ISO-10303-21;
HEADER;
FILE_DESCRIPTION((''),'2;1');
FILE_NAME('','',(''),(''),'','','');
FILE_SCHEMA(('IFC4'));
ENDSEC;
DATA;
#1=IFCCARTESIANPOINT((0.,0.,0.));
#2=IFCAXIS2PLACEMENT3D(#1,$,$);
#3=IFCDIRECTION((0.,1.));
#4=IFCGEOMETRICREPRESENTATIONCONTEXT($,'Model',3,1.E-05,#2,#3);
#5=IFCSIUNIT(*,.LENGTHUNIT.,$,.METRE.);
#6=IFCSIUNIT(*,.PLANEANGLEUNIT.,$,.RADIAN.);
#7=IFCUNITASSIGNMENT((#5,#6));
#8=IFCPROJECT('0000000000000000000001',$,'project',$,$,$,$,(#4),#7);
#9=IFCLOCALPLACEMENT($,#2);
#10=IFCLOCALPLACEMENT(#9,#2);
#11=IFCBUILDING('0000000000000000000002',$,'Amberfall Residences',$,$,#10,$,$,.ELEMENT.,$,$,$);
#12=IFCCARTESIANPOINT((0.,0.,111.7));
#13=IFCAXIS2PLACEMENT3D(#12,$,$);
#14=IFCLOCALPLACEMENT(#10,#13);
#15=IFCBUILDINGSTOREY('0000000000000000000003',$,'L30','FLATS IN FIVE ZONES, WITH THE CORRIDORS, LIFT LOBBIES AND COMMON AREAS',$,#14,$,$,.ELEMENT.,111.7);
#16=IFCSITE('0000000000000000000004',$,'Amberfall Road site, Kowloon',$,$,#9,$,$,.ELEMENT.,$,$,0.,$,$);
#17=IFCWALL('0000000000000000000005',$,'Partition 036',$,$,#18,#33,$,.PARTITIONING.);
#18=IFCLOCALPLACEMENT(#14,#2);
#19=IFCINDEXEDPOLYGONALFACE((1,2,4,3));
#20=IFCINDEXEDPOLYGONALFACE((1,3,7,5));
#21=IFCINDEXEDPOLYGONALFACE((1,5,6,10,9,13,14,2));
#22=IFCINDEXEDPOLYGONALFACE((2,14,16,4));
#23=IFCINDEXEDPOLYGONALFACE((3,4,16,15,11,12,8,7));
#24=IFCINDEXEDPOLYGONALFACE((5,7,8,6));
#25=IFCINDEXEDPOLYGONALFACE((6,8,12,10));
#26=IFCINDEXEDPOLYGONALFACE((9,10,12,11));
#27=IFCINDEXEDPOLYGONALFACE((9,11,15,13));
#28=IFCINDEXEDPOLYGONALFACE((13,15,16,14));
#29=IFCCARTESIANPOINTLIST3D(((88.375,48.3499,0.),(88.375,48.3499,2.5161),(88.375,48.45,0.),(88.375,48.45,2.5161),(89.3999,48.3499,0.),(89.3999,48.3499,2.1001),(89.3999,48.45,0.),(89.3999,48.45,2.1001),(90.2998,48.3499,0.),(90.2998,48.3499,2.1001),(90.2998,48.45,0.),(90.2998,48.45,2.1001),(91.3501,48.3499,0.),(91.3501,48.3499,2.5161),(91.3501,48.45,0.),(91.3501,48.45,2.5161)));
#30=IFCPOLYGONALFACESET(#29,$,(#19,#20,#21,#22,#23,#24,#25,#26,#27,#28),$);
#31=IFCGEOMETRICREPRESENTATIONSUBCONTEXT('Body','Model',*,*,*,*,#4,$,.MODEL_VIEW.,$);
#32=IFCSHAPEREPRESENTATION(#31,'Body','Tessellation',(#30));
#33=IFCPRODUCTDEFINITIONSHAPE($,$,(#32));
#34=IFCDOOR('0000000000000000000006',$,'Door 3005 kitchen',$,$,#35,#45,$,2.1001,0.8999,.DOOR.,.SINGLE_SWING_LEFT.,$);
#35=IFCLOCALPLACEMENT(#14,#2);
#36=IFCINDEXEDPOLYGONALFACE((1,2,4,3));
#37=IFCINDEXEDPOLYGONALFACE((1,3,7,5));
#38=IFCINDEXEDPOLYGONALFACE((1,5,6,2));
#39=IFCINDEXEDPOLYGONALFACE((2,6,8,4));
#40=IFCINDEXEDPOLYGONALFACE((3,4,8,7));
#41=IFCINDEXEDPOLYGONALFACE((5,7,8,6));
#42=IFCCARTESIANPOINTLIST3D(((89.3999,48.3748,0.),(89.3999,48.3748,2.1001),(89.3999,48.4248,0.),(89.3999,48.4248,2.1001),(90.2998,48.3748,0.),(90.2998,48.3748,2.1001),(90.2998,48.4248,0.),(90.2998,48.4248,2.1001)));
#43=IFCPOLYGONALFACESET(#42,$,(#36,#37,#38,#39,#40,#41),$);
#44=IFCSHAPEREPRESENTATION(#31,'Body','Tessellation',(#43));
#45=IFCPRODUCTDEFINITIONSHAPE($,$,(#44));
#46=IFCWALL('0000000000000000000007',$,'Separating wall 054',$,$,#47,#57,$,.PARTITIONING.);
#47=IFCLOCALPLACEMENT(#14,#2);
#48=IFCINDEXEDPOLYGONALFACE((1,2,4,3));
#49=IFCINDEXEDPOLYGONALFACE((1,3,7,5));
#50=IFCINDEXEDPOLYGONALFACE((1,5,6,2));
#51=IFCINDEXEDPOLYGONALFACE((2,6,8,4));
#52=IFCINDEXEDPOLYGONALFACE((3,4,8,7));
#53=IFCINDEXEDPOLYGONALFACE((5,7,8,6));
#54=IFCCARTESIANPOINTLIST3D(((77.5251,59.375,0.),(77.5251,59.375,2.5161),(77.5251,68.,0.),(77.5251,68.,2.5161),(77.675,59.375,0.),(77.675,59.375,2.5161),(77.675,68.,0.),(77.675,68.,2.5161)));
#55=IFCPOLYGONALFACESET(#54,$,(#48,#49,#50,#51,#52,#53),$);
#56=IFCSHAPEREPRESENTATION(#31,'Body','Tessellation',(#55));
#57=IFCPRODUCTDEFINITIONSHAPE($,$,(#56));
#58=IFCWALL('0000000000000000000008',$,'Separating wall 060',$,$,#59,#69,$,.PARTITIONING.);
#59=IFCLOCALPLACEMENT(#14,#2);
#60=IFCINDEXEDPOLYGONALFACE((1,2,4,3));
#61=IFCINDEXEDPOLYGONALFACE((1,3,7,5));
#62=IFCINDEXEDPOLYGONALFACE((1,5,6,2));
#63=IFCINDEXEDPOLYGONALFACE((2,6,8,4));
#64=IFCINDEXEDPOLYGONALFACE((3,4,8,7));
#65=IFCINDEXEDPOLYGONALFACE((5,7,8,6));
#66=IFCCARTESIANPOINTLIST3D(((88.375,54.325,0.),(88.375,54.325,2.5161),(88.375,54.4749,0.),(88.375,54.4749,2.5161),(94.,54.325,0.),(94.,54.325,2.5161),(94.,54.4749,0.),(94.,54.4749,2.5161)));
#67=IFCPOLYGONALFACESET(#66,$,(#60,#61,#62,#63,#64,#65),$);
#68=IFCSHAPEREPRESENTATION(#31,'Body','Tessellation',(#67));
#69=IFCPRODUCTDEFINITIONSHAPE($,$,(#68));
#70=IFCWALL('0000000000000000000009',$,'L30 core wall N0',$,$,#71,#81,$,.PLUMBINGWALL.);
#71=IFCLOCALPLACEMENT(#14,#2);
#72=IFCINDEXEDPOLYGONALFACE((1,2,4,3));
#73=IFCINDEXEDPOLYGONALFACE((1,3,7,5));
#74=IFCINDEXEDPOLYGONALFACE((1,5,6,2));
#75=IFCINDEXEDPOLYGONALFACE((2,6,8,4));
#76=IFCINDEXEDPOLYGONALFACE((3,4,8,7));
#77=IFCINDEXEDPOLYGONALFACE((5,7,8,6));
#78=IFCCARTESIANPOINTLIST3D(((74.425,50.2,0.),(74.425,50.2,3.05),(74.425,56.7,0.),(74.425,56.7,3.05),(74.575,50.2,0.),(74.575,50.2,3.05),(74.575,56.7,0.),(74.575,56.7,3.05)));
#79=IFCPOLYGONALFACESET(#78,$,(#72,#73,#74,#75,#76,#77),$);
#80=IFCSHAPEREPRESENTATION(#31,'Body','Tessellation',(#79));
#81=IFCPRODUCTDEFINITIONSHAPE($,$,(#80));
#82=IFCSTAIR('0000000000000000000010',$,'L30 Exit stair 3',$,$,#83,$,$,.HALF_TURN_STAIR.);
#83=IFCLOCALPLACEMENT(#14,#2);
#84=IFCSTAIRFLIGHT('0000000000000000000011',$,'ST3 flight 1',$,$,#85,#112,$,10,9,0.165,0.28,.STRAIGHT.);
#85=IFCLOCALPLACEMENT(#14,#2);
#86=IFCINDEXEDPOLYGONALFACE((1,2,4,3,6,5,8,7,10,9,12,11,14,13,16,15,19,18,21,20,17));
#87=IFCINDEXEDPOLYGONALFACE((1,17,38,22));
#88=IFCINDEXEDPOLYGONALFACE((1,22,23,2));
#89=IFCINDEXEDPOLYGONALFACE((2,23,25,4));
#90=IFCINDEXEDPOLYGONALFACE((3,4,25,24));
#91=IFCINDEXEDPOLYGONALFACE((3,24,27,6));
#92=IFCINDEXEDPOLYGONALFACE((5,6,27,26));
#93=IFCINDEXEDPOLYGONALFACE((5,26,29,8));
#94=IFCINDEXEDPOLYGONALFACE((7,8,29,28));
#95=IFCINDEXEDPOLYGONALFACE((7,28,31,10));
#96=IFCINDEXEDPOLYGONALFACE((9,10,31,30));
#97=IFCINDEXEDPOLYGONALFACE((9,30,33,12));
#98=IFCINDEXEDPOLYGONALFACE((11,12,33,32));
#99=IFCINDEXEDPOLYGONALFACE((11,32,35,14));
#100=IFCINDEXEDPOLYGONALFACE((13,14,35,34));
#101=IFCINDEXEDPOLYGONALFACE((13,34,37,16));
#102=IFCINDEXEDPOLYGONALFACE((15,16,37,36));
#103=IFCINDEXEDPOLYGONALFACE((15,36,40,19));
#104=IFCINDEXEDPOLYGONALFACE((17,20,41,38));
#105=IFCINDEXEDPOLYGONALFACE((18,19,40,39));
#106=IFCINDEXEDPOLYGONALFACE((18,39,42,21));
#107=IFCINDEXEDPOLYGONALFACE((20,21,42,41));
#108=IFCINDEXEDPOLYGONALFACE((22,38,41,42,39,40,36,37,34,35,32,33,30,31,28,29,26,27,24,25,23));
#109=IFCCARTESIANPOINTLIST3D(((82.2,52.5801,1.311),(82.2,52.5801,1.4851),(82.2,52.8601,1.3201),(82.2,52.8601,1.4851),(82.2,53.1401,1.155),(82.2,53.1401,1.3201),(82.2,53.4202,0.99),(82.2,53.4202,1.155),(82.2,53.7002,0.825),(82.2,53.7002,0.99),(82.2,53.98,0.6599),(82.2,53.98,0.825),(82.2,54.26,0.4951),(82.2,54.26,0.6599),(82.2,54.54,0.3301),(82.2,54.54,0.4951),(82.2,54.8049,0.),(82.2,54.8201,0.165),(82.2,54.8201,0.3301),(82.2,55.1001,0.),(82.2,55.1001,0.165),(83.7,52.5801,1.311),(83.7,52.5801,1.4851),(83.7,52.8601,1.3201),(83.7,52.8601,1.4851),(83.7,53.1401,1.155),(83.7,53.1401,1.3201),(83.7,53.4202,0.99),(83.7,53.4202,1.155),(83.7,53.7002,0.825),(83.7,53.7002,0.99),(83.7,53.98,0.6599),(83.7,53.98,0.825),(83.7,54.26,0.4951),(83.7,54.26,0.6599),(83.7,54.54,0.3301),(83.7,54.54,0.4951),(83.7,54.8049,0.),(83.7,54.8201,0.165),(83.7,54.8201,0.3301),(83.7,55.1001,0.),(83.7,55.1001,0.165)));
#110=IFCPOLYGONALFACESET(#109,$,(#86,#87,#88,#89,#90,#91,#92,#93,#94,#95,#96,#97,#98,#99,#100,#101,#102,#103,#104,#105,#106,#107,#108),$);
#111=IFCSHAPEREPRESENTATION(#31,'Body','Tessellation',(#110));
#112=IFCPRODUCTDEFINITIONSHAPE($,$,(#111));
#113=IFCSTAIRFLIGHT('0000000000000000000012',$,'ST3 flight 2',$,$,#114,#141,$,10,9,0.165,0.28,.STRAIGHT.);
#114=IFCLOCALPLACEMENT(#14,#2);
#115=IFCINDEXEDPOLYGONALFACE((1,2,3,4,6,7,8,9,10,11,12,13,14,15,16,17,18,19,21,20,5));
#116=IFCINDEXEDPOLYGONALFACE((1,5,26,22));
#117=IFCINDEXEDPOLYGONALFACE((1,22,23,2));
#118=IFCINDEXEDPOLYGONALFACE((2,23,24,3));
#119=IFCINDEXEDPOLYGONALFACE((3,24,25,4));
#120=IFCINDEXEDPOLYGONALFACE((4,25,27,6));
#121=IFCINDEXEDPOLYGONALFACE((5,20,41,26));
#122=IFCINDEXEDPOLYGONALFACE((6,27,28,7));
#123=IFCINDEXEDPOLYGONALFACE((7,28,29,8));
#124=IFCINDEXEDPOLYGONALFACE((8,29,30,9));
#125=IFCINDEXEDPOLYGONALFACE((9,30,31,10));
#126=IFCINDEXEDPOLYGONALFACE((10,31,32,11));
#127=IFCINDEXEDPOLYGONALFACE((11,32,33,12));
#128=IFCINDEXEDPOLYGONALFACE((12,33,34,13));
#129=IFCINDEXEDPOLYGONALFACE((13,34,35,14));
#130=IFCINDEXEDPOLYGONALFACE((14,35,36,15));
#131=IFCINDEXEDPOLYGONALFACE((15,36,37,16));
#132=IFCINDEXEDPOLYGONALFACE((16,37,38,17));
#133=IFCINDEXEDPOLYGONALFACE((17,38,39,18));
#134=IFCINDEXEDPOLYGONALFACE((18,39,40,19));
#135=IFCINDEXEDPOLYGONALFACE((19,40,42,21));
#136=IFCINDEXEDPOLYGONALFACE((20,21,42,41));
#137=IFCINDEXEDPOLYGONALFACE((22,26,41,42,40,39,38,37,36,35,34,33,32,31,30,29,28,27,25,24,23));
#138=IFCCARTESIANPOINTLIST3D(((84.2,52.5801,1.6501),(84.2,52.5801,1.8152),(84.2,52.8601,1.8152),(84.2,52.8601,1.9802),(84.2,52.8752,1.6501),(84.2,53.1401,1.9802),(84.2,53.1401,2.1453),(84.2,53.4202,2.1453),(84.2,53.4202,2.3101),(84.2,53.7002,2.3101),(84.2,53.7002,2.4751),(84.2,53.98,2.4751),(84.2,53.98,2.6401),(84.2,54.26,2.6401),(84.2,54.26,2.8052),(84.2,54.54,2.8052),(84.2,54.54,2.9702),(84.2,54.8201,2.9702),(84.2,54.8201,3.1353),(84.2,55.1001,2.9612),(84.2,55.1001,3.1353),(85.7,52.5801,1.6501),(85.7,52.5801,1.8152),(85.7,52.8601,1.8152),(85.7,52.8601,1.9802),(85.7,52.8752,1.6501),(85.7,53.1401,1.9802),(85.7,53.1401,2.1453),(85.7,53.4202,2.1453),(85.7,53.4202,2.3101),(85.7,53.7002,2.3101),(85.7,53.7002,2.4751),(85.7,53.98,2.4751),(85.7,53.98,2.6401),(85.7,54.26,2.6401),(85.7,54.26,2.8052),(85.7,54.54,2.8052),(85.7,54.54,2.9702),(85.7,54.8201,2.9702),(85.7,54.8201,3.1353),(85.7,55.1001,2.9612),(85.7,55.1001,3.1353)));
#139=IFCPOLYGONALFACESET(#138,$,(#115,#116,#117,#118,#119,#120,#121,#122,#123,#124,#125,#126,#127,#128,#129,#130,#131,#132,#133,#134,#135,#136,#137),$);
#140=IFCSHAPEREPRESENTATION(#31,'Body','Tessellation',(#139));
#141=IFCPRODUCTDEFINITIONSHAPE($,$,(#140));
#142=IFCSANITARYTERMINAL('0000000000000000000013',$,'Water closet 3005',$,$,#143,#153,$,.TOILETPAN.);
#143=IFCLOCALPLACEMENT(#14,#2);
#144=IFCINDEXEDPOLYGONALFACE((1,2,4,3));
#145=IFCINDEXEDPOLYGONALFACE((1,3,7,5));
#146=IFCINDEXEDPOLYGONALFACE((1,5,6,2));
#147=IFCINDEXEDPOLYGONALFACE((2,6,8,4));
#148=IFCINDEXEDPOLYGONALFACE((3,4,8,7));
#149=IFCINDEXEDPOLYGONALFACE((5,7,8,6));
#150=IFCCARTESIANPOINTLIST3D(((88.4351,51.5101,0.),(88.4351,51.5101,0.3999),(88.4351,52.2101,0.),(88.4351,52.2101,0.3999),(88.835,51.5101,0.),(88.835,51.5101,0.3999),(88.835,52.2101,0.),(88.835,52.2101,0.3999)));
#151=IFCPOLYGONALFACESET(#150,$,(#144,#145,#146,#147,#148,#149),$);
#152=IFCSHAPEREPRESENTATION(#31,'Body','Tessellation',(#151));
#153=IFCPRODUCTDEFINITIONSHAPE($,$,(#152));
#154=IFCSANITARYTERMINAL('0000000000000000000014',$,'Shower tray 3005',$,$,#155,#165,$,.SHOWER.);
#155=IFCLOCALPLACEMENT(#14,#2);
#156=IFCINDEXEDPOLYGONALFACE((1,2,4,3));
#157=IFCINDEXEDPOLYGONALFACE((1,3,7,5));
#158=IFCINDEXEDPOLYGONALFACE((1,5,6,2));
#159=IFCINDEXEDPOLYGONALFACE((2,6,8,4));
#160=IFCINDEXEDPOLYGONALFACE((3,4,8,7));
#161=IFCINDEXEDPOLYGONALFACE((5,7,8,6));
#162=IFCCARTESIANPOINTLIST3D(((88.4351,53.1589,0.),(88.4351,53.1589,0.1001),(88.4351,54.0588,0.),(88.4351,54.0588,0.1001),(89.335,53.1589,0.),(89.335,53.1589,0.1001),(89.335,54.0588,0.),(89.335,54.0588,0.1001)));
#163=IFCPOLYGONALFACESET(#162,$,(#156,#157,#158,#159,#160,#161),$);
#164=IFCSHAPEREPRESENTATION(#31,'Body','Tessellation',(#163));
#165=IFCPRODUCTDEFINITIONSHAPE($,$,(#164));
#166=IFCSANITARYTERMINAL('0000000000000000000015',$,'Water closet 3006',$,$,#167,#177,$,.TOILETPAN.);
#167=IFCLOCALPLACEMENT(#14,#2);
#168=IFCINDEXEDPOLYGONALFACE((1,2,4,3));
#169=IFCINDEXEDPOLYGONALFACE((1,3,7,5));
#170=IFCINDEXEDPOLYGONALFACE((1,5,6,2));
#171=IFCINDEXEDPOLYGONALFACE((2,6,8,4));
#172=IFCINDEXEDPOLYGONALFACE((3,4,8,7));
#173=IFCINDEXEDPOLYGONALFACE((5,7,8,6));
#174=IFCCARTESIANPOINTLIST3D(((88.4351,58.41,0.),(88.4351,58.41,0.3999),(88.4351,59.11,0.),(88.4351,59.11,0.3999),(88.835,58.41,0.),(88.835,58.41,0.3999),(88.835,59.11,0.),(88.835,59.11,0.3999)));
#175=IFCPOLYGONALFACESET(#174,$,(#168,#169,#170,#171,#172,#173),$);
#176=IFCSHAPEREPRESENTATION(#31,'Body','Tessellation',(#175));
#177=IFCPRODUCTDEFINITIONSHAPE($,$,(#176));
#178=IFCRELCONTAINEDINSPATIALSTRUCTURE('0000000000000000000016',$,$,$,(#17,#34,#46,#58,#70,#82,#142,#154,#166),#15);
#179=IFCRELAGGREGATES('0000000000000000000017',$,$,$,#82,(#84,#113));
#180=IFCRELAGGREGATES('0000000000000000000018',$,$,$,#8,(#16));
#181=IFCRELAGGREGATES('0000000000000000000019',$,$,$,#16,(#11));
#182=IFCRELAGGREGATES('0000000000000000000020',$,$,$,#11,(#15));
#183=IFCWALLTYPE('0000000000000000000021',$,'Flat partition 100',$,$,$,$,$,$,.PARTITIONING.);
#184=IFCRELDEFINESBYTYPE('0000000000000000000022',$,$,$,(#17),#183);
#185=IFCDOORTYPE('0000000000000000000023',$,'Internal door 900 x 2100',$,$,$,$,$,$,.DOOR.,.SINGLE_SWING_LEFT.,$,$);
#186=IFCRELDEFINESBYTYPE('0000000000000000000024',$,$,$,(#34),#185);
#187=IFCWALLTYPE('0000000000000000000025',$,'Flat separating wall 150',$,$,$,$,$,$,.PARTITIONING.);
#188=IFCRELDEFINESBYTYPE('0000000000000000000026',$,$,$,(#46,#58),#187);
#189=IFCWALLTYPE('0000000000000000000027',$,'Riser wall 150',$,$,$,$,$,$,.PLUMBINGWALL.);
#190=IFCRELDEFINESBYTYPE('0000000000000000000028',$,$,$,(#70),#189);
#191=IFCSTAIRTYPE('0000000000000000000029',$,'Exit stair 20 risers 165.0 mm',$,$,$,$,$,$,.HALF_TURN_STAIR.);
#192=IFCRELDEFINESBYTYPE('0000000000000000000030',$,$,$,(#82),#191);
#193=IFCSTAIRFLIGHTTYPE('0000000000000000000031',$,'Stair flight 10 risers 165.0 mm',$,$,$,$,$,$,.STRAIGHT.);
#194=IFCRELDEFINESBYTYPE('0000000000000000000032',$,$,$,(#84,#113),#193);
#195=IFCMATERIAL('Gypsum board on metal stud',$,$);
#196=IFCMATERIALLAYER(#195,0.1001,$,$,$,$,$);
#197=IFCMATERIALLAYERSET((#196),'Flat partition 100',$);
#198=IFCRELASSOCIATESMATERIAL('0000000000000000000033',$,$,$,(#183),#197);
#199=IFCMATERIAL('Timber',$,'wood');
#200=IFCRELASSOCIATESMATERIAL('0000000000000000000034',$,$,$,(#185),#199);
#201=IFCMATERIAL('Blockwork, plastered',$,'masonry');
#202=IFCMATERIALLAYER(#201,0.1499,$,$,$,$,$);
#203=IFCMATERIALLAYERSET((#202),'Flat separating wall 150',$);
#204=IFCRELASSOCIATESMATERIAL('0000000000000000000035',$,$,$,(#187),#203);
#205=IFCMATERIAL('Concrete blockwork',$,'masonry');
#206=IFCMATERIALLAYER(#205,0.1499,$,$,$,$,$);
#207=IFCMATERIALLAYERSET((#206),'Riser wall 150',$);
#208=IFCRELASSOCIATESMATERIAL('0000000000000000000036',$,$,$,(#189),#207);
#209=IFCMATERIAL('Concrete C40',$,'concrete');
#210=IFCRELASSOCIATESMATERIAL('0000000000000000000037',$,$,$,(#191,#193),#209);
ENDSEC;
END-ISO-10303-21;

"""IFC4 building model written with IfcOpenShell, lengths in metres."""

from ifc_helpers import new_model, si_unit, direction, frame, frame_2d, origin, origin_2d, place, context, subcontext, project, spatial, polyline, rectangle, outline, extrude, material, layer, layer_set, type_object, element, fill, aggregate, save


model = new_model("IFC4")

# Units and contexts
model_context = context("Model", 3, precision=1e-05, world=origin(), true_north=direction((0.0, 1.0)))
body_context = subcontext(model_context, "Body", "Model", "MODEL_VIEW")
ifc_project = project(units=[si_unit("LENGTHUNIT", "METRE"), si_unit("PLANEANGLEUNIT", "RADIAN")], contexts=[model_context])

# Site, building, storey
site_placement = place(None, origin())
site = spatial("IfcSite", under=ifc_project, at=site_placement, Name="Amberfall Road site, Kowloon", CompositionType="ELEMENT", RefElevation=0.0)
building_placement = place(site_placement, origin())
building = spatial("IfcBuilding", under=site, at=building_placement, Name="Amberfall Residences", CompositionType="ELEMENT")
storey_placement = place(building_placement, frame((0.0, 0.0, 111.7)))
storey = spatial("IfcBuildingStorey", under=building, at=storey_placement, Name="L30", Description="FLATS IN FIVE ZONES, WITH THE CORRIDORS, LIFT LOBBIES AND COMMON AREAS", CompositionType="ELEMENT", Elevation=111.7)

# Shared definitions
ifc_material_1 = material(Name="Gypsum board on metal stud")
ifc_layer_1 = layer(ifc_material_1, 0.1001)
ifc_layer_set_1 = layer_set([ifc_layer_1], Name="Flat partition 100")
wall_type_1 = type_object("IfcWallType", Name="Flat partition 100", PredefinedType="PARTITIONING", material=ifc_layer_set_1)

# Shared definitions
ifc_material_2 = material(Name="Timber", Category="wood")
door_type_1 = type_object("IfcDoorType", Name="Internal door 900 x 2100", OperationType="SINGLE_SWING_LEFT", PredefinedType="DOOR", material=ifc_material_2)

# Wall, opening, door
wall_1_placement = place(storey_placement, frame((88.375, 48.3999, 0.0), z_axis=(0.0, 0.0, 1.0), x_axis=(1.0, 0.0, 0.0)))
wall_1 = element("IfcWall", 1, at=wall_1_placement, inside=storey, type_object=wall_type_1, Name="Partition 036", PredefinedType="PARTITIONING", context=body_context, shape_type="SweptSolid", body=[
    extrude(rectangle(XDim=2.9751, YDim=0.1001, at=frame_2d((1.4875, 0.0))), origin(), (0.0, 0.0, 1.0), 2.5161),
])
opening_1_placement = place(wall_1_placement, frame((1.0249, 0.0, 0.0)))
opening_1 = element("IfcOpeningElement", 2, at=opening_1_placement, cuts=wall_1, PredefinedType="OPENING", context=body_context, shape_type="SweptSolid", body=[
    extrude(rectangle(XDim=0.8999, YDim=2.1001, at=frame_2d((0.45, 1.05))), frame((0.0, 0.0601, 0.0), z_axis=(0.0, -1.0, 0.0), x_axis=(1.0, 0.0, 0.0)), (0.0, 0.0, 1.0), 0.1201),
])
door_1_placement = place(opening_1_placement, origin())
door_1 = element("IfcDoor", 3, at=door_1_placement, inside=storey, type_object=door_type_1, Name="Door 3005 kitchen", OperationType="SINGLE_SWING_LEFT", OverallHeight=2.1001, OverallWidth=0.8999, PredefinedType="DOOR", context=body_context, shape_type="SweptSolid", body=[
    extrude(rectangle(XDim=0.8999, YDim=2.1001, at=frame_2d((0.45, 1.05))), frame((0.0, 0.0249, 0.0), z_axis=(0.0, -1.0, 0.0), x_axis=(1.0, 0.0, 0.0)), (0.0, 0.0, 1.0), 0.05),
])
fill(opening_1, door_1)

# Walls
ifc_material_3 = material(Name="Blockwork, plastered", Category="masonry")
ifc_layer_2 = layer(ifc_material_3, 0.1499)
ifc_layer_set_2 = layer_set([ifc_layer_2], Name="Flat separating wall 150")
wall_type_2 = type_object("IfcWallType", Name="Flat separating wall 150", PredefinedType="PARTITIONING", material=ifc_layer_set_2)
wall_2_placement = place(storey_placement, frame((77.6001, 59.375, 0.0), z_axis=(0.0, 0.0, 1.0), x_axis=(0.0, 1.0, 0.0)))
element("IfcWall", 4, at=wall_2_placement, inside=storey, type_object=wall_type_2, Name="Separating wall 054", PredefinedType="PARTITIONING", context=body_context, shape_type="SweptSolid", body=[
    extrude(rectangle(XDim=8.625, YDim=0.1499, at=frame_2d((4.3125, 0.0))), origin(), (0.0, 0.0, 1.0), 2.5161),
])
wall_3_placement = place(storey_placement, frame((88.375, 54.3999, 0.0), z_axis=(0.0, 0.0, 1.0), x_axis=(1.0, 0.0, 0.0)))
element("IfcWall", 5, at=wall_3_placement, inside=storey, type_object=wall_type_2, Name="Separating wall 060", PredefinedType="PARTITIONING", context=body_context, shape_type="SweptSolid", body=[
    extrude(rectangle(XDim=5.625, YDim=0.1499, at=frame_2d((2.8125, 0.0))), origin(), (0.0, 0.0, 1.0), 2.5161),
])
ifc_material_4 = material(Name="Concrete blockwork", Category="masonry")
ifc_layer_3 = layer(ifc_material_4, 0.1499)
ifc_layer_set_3 = layer_set([ifc_layer_3], Name="Riser wall 150")
wall_type_3 = type_object("IfcWallType", Name="Riser wall 150", PredefinedType="PLUMBINGWALL", material=ifc_layer_set_3)
wall_4_placement = place(storey_placement, frame((74.5, 50.2, 0.0), z_axis=(0.0, 0.0, 1.0), x_axis=(0.0, 1.0, 0.0)))
element("IfcWall", 6, at=wall_4_placement, inside=storey, type_object=wall_type_3, Name="L30 core wall N0", PredefinedType="PLUMBINGWALL", context=body_context, shape_type="SweptSolid", body=[
    extrude(rectangle(XDim=6.5, YDim=0.1499, at=frame_2d((3.25, 0.0))), origin(), (0.0, 0.0, 1.0), 3.05),
])

# Stair, stair flights
ifc_material_5 = material(Name="Concrete C40", Category="concrete")
stair_type = type_object("IfcStairType", Name="Exit stair 20 risers 165.0 mm", PredefinedType="HALF_TURN_STAIR", material=ifc_material_5)
stair_placement = place(storey_placement, origin())
stair = element("IfcStair", 7, at=stair_placement, inside=storey, type_object=stair_type, Name="L30 Exit stair 3", PredefinedType="HALF_TURN_STAIR")
stair_flight_type = type_object("IfcStairFlightType", Name="Stair flight 10 risers 165.0 mm", PredefinedType="STRAIGHT", material=ifc_material_5)
stair_flight_1_placement = place(storey_placement, frame((82.95, 55.1001, 0.0), z_axis=(0.0, 0.0, 1.0), x_axis=(0.0, -1.0, 0.0)))
stair_flight_1 = element("IfcStairFlight", 8, at=stair_flight_1_placement, type_object=stair_flight_type, Name="ST3 flight 1", NumberOfRisers=10, NumberOfTreads=9, PredefinedType="STRAIGHT", RiserHeight=0.165, TreadLength=0.28, context=body_context, shape_type="SweptSolid", body=[
    extrude(outline(polyline([(0.0, 0.0), (0.0, 0.165), (0.28, 0.165), (0.28, 0.3301), (0.5601, 0.3301), (0.5601, 0.4951), (0.8401, 0.4951), (0.8401, 0.6599), (1.1201, 0.6599), (1.1201, 0.825), (1.3999, 0.825), (1.3999, 0.99), (1.6799, 0.99), (1.6799, 1.155), (1.96, 1.155), (1.96, 1.3201), (2.24, 1.3201), (2.24, 1.4851), (2.52, 1.4851), (2.52, 1.6499), (2.52, 1.311), (0.2952, 0.0), (0.0, 0.0)])), frame((0.0, 0.75, 0.0), z_axis=(0.0, -1.0, 0.0), x_axis=(1.0, 0.0, 0.0)), (0.0, 0.0, 1.0), 1.5),
])
stair_flight_2_placement = place(storey_placement, frame((84.95, 52.5801, 1.6501), z_axis=(0.0, 0.0, 1.0), x_axis=(0.0, 1.0, 0.0)))
stair_flight_2 = element("IfcStairFlight", 9, at=stair_flight_2_placement, type_object=stair_flight_type, Name="ST3 flight 2", NumberOfRisers=10, NumberOfTreads=9, PredefinedType="STRAIGHT", RiserHeight=0.165, TreadLength=0.28, context=body_context, shape_type="SweptSolid", body=[
    extrude(outline(polyline([(0.0, 0.0), (0.0, 0.165), (0.28, 0.165), (0.28, 0.3301), (0.5601, 0.3301), (0.5601, 0.4951), (0.8401, 0.4951), (0.8401, 0.6599), (1.1201, 0.6599), (1.1201, 0.825), (1.3999, 0.825), (1.3999, 0.99), (1.6799, 0.99), (1.6799, 1.155), (1.96, 1.155), (1.96, 1.3201), (2.24, 1.3201), (2.24, 1.4851), (2.52, 1.4851), (2.52, 1.6499), (2.52, 1.311), (0.2952, 0.0), (0.0, 0.0)])), frame((0.0, 0.75, 0.0), z_axis=(0.0, -1.0, 0.0), x_axis=(1.0, 0.0, 0.0)), (0.0, 0.0, 1.0), 1.5),
])
aggregate(stair, [stair_flight_1, stair_flight_2])

# Sanitary terminals
sanitary_terminal_1_placement = place(storey_placement, frame((88.635, 51.8601, 0.0), z_axis=(0.0, 0.0, 1.0), x_axis=(1.0, 0.0, 0.0)))
element("IfcSanitaryTerminal", 10, at=sanitary_terminal_1_placement, inside=storey, Name="Water closet 3005", PredefinedType="TOILETPAN", context=body_context, shape_type="SweptSolid", body=[
    extrude(rectangle(XDim=0.3999, YDim=0.7, at=origin_2d()), origin(), (0.0, 0.0, 1.0), 0.3999),
])
sanitary_terminal_2_placement = place(storey_placement, frame((88.885, 53.6089, 0.0), z_axis=(0.0, 0.0, 1.0), x_axis=(1.0, 0.0, 0.0)))
element("IfcSanitaryTerminal", 11, at=sanitary_terminal_2_placement, inside=storey, Name="Shower tray 3005", PredefinedType="SHOWER", context=body_context, shape_type="SweptSolid", body=[
    extrude(rectangle(XDim=0.8999, YDim=0.8999, at=origin_2d()), origin(), (0.0, 0.0, 1.0), 0.1001),
])
sanitary_terminal_3_placement = place(storey_placement, frame((88.635, 58.76, 0.0), z_axis=(0.0, 0.0, 1.0), x_axis=(1.0, 0.0, 0.0)))
element("IfcSanitaryTerminal", 12, at=sanitary_terminal_3_placement, inside=storey, Name="Water closet 3006", PredefinedType="TOILETPAN", context=body_context, shape_type="SweptSolid", body=[
    extrude(rectangle(XDim=0.3999, YDim=0.7, at=origin_2d()), origin(), (0.0, 0.0, 1.0), 0.3999),
])

save(model, "model.ifc")
